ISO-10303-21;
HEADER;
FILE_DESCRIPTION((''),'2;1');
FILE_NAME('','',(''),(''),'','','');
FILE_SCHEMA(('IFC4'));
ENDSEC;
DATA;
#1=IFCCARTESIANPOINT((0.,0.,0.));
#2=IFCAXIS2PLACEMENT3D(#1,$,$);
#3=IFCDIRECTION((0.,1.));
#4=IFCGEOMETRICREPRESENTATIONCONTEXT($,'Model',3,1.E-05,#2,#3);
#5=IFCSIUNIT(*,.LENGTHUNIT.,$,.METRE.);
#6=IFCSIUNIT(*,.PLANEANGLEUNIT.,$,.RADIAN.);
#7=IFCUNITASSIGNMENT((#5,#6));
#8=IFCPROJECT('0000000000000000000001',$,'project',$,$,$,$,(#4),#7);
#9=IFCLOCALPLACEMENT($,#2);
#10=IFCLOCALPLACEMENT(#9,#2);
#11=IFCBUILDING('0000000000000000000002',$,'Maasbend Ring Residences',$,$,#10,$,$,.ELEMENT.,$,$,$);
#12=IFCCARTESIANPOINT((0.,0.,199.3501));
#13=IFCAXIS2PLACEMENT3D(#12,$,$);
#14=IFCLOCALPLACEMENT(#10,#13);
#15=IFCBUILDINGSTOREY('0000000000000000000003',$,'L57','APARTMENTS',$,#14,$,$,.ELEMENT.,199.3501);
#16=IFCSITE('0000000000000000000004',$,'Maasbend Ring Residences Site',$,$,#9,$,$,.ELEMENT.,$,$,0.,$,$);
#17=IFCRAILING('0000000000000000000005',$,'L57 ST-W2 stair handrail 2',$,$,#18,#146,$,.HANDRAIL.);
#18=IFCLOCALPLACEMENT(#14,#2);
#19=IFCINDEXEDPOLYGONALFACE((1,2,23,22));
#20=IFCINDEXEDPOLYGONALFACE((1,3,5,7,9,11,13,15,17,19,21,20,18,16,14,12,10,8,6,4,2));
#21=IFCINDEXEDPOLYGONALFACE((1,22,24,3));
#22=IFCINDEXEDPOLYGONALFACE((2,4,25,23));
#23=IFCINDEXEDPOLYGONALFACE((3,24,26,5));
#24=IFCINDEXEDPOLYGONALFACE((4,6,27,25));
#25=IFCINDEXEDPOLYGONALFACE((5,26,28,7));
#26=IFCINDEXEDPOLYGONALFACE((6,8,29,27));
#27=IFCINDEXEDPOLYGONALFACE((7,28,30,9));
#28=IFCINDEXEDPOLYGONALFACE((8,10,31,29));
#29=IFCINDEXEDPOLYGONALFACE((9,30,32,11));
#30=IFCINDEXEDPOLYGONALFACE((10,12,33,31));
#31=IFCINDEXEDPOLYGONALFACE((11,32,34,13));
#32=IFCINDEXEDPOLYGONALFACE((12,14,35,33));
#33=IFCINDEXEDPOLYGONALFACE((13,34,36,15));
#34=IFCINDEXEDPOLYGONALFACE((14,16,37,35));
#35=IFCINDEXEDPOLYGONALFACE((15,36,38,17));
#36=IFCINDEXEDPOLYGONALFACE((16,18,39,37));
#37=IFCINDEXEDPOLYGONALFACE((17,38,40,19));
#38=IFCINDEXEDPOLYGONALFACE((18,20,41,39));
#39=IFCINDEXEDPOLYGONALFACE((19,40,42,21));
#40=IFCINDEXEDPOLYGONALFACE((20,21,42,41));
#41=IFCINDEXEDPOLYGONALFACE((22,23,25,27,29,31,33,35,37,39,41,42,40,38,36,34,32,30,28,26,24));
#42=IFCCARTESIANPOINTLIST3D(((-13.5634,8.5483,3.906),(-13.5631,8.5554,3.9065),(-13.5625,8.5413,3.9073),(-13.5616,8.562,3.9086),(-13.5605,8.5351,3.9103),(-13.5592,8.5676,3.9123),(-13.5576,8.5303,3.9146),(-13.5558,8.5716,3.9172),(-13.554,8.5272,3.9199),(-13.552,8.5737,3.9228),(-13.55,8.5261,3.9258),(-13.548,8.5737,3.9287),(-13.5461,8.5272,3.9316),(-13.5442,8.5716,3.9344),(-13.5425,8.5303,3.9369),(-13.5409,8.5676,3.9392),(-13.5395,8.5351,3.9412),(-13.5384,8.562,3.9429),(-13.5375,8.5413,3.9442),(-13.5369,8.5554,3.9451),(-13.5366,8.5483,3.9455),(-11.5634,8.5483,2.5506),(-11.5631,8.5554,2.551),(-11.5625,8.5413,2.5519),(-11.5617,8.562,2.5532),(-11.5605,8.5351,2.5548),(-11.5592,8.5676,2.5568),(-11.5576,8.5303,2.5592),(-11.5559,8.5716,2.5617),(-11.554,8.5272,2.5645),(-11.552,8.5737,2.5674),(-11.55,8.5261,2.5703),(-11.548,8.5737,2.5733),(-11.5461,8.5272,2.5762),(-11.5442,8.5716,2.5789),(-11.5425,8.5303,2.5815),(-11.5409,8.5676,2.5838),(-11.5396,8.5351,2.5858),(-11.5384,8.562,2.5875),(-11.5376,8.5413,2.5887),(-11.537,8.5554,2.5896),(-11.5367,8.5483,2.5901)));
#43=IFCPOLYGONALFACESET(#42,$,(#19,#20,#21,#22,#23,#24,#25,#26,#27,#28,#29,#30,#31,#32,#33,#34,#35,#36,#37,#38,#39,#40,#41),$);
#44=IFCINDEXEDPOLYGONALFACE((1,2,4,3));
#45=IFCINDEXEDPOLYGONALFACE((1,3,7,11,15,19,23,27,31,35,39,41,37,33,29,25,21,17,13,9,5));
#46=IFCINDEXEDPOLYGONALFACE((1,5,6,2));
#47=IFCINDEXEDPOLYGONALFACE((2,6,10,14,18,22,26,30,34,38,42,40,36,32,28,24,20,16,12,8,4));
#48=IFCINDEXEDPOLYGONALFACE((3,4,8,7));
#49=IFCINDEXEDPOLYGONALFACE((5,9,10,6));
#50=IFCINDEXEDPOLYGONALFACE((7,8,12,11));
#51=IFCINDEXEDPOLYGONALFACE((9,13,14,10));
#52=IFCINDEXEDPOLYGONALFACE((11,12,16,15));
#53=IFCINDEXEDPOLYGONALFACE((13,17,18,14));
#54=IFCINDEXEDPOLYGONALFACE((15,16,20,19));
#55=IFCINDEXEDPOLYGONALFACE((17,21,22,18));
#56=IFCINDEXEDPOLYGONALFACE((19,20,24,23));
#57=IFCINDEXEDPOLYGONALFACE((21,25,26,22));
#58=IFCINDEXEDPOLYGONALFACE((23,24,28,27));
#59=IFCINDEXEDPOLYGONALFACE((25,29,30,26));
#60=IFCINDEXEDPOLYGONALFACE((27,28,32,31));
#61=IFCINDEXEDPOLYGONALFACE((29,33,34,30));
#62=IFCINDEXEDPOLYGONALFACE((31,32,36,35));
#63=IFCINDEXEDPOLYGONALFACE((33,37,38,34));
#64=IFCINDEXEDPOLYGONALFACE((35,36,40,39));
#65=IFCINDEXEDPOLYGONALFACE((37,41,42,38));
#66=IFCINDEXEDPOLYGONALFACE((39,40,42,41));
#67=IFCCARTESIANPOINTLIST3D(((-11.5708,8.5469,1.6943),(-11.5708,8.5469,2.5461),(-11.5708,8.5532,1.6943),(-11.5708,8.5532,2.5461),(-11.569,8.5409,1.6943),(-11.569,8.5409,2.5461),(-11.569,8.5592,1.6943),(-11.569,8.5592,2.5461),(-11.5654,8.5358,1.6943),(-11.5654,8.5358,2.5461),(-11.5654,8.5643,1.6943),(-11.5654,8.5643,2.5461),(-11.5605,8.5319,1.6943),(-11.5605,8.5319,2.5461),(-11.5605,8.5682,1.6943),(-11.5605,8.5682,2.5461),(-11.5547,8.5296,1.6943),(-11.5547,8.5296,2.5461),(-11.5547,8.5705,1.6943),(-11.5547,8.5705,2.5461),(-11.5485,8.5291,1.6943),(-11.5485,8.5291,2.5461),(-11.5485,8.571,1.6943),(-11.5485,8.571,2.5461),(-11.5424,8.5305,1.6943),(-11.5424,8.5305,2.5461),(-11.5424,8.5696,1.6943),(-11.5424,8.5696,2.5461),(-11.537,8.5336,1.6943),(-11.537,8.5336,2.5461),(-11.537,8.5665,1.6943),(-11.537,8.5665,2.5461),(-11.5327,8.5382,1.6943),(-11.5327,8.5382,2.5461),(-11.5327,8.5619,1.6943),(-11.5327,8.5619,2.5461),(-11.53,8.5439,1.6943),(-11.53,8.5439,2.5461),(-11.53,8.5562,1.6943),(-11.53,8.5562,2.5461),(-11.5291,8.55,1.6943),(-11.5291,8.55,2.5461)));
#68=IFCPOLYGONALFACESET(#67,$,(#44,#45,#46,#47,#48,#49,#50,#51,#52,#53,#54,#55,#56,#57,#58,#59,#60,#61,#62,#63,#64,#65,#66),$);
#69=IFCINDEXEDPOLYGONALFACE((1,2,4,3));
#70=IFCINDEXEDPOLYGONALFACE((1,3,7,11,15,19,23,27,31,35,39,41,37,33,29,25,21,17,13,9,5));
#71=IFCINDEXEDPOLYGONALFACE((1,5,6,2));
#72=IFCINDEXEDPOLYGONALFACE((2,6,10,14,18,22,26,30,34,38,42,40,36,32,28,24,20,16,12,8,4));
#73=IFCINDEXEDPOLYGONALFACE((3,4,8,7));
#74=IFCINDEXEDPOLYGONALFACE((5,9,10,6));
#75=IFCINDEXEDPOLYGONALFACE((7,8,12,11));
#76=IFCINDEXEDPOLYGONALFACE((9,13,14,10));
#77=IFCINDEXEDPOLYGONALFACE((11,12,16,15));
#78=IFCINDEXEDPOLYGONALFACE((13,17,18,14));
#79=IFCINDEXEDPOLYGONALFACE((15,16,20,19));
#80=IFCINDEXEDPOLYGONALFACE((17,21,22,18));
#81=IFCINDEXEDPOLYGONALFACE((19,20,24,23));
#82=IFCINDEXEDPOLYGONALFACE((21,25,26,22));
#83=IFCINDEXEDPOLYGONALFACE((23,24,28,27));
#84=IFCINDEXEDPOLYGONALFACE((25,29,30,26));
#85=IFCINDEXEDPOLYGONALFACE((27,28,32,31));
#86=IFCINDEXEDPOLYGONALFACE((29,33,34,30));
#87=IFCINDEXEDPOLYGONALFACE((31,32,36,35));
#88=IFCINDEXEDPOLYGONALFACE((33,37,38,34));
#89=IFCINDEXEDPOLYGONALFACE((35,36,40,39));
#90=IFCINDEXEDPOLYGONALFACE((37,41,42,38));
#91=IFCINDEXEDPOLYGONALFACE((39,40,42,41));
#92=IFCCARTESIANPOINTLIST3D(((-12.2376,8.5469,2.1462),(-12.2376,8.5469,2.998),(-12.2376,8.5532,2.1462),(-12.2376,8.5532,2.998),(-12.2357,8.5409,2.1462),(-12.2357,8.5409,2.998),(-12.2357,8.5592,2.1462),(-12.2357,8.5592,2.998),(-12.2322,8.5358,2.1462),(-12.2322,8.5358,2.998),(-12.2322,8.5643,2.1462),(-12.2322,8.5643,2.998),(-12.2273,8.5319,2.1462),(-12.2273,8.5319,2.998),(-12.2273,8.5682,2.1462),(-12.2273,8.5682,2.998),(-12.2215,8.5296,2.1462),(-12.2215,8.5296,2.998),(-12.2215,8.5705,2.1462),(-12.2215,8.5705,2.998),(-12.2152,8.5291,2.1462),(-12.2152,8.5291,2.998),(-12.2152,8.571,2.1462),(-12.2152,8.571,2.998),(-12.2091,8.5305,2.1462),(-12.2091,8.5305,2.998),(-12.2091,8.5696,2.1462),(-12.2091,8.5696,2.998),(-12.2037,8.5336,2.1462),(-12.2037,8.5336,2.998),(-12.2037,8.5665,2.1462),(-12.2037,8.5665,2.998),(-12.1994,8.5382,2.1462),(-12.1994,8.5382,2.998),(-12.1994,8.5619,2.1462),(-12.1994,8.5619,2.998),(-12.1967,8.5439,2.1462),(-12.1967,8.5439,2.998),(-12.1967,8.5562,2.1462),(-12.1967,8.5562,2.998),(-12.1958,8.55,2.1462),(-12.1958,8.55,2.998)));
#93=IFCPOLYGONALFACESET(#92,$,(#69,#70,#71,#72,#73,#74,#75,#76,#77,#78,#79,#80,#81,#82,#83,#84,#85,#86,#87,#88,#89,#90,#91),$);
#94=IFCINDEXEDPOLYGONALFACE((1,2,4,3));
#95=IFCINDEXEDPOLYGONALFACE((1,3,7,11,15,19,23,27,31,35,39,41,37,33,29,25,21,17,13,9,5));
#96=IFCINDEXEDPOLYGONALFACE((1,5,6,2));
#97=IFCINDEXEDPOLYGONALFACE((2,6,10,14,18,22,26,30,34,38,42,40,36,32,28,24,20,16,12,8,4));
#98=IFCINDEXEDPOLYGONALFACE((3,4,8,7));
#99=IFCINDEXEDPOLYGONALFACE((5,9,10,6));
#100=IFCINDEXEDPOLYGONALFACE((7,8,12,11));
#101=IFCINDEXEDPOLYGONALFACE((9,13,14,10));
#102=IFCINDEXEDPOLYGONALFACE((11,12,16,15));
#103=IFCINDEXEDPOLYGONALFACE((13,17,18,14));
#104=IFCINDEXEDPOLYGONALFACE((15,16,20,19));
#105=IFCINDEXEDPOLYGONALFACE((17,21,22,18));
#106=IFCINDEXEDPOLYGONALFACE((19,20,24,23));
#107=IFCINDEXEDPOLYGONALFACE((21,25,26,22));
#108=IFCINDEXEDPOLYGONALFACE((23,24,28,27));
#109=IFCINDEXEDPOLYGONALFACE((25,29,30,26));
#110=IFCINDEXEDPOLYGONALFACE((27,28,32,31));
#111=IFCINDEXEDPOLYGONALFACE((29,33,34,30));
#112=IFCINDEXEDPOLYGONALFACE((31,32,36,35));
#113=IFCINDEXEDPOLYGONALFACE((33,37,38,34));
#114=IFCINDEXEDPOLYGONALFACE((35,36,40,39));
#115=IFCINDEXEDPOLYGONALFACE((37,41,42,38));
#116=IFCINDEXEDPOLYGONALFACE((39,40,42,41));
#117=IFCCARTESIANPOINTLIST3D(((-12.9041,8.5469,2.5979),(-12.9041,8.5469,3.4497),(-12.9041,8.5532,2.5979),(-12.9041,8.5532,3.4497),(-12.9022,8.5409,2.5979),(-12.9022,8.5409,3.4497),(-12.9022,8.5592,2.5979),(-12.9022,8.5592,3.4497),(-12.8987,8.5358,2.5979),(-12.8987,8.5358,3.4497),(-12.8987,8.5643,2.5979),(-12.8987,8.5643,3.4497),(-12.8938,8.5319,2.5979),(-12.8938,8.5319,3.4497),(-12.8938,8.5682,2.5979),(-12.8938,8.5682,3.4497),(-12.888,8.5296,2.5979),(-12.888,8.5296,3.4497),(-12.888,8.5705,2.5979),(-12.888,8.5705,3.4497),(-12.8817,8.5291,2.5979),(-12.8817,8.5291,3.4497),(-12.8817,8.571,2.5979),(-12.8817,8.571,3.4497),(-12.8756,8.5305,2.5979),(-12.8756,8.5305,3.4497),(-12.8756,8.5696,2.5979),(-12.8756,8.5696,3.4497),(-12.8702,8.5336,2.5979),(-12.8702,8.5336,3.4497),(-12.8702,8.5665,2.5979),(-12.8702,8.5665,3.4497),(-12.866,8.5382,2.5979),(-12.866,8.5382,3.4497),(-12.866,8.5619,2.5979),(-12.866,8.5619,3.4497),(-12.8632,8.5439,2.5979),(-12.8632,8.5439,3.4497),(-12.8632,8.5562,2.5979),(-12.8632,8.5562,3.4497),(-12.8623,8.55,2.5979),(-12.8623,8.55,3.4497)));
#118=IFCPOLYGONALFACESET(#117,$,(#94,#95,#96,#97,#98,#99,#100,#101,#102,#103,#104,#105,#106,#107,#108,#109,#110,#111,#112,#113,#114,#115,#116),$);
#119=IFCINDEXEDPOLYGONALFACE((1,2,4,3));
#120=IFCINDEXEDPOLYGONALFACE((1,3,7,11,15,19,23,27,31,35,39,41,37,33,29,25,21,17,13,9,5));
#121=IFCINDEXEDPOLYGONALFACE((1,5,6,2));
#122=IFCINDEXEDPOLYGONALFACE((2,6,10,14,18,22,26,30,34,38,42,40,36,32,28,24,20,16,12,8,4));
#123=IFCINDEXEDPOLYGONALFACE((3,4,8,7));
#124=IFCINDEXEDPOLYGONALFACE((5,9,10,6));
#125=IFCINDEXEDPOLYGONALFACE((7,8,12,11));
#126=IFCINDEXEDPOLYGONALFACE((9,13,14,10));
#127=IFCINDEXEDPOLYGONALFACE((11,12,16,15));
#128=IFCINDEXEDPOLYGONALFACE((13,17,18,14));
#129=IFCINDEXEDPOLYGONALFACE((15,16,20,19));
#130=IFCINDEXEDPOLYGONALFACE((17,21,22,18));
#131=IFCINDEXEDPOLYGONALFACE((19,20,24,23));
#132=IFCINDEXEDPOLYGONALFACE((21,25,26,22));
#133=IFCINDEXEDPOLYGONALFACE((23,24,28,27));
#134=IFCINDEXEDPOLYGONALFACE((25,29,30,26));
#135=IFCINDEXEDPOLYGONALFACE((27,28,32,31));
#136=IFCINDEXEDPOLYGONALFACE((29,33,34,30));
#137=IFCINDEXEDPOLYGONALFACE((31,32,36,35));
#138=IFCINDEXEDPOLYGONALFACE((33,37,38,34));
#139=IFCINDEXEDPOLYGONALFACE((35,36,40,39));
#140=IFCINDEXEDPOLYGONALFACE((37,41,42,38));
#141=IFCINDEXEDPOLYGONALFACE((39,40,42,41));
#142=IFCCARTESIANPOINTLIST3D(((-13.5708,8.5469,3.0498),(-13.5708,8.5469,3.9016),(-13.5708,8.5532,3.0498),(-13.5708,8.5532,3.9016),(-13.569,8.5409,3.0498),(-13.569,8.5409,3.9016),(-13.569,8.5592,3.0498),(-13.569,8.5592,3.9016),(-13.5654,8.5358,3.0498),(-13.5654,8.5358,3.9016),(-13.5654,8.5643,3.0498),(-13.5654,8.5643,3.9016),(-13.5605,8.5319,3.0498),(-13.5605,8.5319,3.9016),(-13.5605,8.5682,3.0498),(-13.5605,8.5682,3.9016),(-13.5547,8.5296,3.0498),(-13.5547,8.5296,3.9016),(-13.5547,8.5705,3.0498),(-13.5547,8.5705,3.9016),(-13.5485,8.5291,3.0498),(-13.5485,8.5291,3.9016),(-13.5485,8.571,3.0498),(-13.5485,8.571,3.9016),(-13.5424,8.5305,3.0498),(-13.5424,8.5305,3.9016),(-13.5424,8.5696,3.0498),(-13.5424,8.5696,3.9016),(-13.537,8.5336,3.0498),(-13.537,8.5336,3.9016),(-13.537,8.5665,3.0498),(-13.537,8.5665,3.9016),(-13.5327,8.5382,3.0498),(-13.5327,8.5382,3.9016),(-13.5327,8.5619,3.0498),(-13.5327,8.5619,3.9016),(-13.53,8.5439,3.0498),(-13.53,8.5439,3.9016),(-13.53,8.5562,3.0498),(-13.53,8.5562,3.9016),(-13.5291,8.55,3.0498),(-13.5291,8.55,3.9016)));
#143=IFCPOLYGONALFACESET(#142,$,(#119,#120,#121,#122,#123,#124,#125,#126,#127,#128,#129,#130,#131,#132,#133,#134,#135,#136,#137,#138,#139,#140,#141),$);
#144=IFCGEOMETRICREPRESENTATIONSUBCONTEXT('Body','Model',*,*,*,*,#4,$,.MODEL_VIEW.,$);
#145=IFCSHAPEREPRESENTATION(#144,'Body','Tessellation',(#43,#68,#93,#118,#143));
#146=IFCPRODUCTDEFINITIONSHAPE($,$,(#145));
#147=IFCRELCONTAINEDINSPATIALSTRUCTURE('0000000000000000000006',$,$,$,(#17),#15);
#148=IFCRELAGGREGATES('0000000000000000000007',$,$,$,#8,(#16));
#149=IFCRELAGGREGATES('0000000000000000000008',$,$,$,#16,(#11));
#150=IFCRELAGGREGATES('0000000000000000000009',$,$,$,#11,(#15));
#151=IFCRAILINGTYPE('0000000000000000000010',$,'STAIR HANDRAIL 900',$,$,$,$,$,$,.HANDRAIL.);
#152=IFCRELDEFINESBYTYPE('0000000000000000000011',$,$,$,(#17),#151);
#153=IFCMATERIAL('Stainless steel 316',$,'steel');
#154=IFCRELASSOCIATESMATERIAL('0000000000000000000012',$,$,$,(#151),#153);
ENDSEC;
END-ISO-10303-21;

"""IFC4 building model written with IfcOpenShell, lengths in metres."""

from ifc_helpers import new_model, si_unit, direction, frame, origin, origin_2d, place, context, subcontext, project, spatial, circle, extrude, material, type_object, element, save


model = new_model("IFC4")

# Units and contexts
model_context = context("Model", 3, precision=1e-05, world=origin(), true_north=direction((0.0, 1.0)))
body_context = subcontext(model_context, "Body", "Model", "MODEL_VIEW")
ifc_project = project(units=[si_unit("LENGTHUNIT", "METRE"), si_unit("PLANEANGLEUNIT", "RADIAN")], contexts=[model_context])

# Site, building, storey
site_placement = place(None, origin())
site = spatial("IfcSite", under=ifc_project, at=site_placement, Name="Maasbend Ring Residences Site", CompositionType="ELEMENT", RefElevation=0.0)
building_placement = place(site_placement, origin())
building = spatial("IfcBuilding", under=site, at=building_placement, Name="Maasbend Ring Residences", CompositionType="ELEMENT")
storey_placement = place(building_placement, frame((0.0, 0.0, 199.3501)))
storey = spatial("IfcBuildingStorey", under=building, at=storey_placement, Name="L57", Description="APARTMENTS", CompositionType="ELEMENT", Elevation=199.3501)

# Railing
ifc_material_1 = material(Name="Stainless steel 316", Category="steel")
railing_type_1 = type_object("IfcRailingType", Name="STAIR HANDRAIL 900", PredefinedType="HANDRAIL", material=ifc_material_1)
railing_1_placement = place(storey_placement, frame((-11.55, 8.55, 1.6943)))
element("IfcRailing", 1, at=railing_1_placement, inside=storey, type_object=railing_type_1, Name="L57 ST-W2 stair handrail 2", PredefinedType="HANDRAIL", context=body_context, shape_type="SweptSolid", body=[
    extrude(circle(Radius=0.0239, at=origin_2d()), frame((0.0, 0.0, 0.876), z_axis=(-0.827798, 0.0, 0.561027), x_axis=(0.0, -1.0, 0.0)), (0.0, 0.0, 1.0), 2.416),
    extrude(circle(Radius=0.021, at=origin_2d()), origin(), (0.0, 0.0, 1.0), 0.8518),
    extrude(circle(Radius=0.021, at=origin_2d()), frame((-0.6667, 0.0, 0.4519)), (0.0, 0.0, 1.0), 0.8518),
    extrude(circle(Radius=0.021, at=origin_2d()), frame((-1.3333, 0.0, 0.9036)), (0.0, 0.0, 1.0), 0.8518),
    extrude(circle(Radius=0.021, at=origin_2d()), frame((-2.0, 0.0, 1.3555)), (0.0, 0.0, 1.0), 0.8518),
])

save(model, "model.ifc")
